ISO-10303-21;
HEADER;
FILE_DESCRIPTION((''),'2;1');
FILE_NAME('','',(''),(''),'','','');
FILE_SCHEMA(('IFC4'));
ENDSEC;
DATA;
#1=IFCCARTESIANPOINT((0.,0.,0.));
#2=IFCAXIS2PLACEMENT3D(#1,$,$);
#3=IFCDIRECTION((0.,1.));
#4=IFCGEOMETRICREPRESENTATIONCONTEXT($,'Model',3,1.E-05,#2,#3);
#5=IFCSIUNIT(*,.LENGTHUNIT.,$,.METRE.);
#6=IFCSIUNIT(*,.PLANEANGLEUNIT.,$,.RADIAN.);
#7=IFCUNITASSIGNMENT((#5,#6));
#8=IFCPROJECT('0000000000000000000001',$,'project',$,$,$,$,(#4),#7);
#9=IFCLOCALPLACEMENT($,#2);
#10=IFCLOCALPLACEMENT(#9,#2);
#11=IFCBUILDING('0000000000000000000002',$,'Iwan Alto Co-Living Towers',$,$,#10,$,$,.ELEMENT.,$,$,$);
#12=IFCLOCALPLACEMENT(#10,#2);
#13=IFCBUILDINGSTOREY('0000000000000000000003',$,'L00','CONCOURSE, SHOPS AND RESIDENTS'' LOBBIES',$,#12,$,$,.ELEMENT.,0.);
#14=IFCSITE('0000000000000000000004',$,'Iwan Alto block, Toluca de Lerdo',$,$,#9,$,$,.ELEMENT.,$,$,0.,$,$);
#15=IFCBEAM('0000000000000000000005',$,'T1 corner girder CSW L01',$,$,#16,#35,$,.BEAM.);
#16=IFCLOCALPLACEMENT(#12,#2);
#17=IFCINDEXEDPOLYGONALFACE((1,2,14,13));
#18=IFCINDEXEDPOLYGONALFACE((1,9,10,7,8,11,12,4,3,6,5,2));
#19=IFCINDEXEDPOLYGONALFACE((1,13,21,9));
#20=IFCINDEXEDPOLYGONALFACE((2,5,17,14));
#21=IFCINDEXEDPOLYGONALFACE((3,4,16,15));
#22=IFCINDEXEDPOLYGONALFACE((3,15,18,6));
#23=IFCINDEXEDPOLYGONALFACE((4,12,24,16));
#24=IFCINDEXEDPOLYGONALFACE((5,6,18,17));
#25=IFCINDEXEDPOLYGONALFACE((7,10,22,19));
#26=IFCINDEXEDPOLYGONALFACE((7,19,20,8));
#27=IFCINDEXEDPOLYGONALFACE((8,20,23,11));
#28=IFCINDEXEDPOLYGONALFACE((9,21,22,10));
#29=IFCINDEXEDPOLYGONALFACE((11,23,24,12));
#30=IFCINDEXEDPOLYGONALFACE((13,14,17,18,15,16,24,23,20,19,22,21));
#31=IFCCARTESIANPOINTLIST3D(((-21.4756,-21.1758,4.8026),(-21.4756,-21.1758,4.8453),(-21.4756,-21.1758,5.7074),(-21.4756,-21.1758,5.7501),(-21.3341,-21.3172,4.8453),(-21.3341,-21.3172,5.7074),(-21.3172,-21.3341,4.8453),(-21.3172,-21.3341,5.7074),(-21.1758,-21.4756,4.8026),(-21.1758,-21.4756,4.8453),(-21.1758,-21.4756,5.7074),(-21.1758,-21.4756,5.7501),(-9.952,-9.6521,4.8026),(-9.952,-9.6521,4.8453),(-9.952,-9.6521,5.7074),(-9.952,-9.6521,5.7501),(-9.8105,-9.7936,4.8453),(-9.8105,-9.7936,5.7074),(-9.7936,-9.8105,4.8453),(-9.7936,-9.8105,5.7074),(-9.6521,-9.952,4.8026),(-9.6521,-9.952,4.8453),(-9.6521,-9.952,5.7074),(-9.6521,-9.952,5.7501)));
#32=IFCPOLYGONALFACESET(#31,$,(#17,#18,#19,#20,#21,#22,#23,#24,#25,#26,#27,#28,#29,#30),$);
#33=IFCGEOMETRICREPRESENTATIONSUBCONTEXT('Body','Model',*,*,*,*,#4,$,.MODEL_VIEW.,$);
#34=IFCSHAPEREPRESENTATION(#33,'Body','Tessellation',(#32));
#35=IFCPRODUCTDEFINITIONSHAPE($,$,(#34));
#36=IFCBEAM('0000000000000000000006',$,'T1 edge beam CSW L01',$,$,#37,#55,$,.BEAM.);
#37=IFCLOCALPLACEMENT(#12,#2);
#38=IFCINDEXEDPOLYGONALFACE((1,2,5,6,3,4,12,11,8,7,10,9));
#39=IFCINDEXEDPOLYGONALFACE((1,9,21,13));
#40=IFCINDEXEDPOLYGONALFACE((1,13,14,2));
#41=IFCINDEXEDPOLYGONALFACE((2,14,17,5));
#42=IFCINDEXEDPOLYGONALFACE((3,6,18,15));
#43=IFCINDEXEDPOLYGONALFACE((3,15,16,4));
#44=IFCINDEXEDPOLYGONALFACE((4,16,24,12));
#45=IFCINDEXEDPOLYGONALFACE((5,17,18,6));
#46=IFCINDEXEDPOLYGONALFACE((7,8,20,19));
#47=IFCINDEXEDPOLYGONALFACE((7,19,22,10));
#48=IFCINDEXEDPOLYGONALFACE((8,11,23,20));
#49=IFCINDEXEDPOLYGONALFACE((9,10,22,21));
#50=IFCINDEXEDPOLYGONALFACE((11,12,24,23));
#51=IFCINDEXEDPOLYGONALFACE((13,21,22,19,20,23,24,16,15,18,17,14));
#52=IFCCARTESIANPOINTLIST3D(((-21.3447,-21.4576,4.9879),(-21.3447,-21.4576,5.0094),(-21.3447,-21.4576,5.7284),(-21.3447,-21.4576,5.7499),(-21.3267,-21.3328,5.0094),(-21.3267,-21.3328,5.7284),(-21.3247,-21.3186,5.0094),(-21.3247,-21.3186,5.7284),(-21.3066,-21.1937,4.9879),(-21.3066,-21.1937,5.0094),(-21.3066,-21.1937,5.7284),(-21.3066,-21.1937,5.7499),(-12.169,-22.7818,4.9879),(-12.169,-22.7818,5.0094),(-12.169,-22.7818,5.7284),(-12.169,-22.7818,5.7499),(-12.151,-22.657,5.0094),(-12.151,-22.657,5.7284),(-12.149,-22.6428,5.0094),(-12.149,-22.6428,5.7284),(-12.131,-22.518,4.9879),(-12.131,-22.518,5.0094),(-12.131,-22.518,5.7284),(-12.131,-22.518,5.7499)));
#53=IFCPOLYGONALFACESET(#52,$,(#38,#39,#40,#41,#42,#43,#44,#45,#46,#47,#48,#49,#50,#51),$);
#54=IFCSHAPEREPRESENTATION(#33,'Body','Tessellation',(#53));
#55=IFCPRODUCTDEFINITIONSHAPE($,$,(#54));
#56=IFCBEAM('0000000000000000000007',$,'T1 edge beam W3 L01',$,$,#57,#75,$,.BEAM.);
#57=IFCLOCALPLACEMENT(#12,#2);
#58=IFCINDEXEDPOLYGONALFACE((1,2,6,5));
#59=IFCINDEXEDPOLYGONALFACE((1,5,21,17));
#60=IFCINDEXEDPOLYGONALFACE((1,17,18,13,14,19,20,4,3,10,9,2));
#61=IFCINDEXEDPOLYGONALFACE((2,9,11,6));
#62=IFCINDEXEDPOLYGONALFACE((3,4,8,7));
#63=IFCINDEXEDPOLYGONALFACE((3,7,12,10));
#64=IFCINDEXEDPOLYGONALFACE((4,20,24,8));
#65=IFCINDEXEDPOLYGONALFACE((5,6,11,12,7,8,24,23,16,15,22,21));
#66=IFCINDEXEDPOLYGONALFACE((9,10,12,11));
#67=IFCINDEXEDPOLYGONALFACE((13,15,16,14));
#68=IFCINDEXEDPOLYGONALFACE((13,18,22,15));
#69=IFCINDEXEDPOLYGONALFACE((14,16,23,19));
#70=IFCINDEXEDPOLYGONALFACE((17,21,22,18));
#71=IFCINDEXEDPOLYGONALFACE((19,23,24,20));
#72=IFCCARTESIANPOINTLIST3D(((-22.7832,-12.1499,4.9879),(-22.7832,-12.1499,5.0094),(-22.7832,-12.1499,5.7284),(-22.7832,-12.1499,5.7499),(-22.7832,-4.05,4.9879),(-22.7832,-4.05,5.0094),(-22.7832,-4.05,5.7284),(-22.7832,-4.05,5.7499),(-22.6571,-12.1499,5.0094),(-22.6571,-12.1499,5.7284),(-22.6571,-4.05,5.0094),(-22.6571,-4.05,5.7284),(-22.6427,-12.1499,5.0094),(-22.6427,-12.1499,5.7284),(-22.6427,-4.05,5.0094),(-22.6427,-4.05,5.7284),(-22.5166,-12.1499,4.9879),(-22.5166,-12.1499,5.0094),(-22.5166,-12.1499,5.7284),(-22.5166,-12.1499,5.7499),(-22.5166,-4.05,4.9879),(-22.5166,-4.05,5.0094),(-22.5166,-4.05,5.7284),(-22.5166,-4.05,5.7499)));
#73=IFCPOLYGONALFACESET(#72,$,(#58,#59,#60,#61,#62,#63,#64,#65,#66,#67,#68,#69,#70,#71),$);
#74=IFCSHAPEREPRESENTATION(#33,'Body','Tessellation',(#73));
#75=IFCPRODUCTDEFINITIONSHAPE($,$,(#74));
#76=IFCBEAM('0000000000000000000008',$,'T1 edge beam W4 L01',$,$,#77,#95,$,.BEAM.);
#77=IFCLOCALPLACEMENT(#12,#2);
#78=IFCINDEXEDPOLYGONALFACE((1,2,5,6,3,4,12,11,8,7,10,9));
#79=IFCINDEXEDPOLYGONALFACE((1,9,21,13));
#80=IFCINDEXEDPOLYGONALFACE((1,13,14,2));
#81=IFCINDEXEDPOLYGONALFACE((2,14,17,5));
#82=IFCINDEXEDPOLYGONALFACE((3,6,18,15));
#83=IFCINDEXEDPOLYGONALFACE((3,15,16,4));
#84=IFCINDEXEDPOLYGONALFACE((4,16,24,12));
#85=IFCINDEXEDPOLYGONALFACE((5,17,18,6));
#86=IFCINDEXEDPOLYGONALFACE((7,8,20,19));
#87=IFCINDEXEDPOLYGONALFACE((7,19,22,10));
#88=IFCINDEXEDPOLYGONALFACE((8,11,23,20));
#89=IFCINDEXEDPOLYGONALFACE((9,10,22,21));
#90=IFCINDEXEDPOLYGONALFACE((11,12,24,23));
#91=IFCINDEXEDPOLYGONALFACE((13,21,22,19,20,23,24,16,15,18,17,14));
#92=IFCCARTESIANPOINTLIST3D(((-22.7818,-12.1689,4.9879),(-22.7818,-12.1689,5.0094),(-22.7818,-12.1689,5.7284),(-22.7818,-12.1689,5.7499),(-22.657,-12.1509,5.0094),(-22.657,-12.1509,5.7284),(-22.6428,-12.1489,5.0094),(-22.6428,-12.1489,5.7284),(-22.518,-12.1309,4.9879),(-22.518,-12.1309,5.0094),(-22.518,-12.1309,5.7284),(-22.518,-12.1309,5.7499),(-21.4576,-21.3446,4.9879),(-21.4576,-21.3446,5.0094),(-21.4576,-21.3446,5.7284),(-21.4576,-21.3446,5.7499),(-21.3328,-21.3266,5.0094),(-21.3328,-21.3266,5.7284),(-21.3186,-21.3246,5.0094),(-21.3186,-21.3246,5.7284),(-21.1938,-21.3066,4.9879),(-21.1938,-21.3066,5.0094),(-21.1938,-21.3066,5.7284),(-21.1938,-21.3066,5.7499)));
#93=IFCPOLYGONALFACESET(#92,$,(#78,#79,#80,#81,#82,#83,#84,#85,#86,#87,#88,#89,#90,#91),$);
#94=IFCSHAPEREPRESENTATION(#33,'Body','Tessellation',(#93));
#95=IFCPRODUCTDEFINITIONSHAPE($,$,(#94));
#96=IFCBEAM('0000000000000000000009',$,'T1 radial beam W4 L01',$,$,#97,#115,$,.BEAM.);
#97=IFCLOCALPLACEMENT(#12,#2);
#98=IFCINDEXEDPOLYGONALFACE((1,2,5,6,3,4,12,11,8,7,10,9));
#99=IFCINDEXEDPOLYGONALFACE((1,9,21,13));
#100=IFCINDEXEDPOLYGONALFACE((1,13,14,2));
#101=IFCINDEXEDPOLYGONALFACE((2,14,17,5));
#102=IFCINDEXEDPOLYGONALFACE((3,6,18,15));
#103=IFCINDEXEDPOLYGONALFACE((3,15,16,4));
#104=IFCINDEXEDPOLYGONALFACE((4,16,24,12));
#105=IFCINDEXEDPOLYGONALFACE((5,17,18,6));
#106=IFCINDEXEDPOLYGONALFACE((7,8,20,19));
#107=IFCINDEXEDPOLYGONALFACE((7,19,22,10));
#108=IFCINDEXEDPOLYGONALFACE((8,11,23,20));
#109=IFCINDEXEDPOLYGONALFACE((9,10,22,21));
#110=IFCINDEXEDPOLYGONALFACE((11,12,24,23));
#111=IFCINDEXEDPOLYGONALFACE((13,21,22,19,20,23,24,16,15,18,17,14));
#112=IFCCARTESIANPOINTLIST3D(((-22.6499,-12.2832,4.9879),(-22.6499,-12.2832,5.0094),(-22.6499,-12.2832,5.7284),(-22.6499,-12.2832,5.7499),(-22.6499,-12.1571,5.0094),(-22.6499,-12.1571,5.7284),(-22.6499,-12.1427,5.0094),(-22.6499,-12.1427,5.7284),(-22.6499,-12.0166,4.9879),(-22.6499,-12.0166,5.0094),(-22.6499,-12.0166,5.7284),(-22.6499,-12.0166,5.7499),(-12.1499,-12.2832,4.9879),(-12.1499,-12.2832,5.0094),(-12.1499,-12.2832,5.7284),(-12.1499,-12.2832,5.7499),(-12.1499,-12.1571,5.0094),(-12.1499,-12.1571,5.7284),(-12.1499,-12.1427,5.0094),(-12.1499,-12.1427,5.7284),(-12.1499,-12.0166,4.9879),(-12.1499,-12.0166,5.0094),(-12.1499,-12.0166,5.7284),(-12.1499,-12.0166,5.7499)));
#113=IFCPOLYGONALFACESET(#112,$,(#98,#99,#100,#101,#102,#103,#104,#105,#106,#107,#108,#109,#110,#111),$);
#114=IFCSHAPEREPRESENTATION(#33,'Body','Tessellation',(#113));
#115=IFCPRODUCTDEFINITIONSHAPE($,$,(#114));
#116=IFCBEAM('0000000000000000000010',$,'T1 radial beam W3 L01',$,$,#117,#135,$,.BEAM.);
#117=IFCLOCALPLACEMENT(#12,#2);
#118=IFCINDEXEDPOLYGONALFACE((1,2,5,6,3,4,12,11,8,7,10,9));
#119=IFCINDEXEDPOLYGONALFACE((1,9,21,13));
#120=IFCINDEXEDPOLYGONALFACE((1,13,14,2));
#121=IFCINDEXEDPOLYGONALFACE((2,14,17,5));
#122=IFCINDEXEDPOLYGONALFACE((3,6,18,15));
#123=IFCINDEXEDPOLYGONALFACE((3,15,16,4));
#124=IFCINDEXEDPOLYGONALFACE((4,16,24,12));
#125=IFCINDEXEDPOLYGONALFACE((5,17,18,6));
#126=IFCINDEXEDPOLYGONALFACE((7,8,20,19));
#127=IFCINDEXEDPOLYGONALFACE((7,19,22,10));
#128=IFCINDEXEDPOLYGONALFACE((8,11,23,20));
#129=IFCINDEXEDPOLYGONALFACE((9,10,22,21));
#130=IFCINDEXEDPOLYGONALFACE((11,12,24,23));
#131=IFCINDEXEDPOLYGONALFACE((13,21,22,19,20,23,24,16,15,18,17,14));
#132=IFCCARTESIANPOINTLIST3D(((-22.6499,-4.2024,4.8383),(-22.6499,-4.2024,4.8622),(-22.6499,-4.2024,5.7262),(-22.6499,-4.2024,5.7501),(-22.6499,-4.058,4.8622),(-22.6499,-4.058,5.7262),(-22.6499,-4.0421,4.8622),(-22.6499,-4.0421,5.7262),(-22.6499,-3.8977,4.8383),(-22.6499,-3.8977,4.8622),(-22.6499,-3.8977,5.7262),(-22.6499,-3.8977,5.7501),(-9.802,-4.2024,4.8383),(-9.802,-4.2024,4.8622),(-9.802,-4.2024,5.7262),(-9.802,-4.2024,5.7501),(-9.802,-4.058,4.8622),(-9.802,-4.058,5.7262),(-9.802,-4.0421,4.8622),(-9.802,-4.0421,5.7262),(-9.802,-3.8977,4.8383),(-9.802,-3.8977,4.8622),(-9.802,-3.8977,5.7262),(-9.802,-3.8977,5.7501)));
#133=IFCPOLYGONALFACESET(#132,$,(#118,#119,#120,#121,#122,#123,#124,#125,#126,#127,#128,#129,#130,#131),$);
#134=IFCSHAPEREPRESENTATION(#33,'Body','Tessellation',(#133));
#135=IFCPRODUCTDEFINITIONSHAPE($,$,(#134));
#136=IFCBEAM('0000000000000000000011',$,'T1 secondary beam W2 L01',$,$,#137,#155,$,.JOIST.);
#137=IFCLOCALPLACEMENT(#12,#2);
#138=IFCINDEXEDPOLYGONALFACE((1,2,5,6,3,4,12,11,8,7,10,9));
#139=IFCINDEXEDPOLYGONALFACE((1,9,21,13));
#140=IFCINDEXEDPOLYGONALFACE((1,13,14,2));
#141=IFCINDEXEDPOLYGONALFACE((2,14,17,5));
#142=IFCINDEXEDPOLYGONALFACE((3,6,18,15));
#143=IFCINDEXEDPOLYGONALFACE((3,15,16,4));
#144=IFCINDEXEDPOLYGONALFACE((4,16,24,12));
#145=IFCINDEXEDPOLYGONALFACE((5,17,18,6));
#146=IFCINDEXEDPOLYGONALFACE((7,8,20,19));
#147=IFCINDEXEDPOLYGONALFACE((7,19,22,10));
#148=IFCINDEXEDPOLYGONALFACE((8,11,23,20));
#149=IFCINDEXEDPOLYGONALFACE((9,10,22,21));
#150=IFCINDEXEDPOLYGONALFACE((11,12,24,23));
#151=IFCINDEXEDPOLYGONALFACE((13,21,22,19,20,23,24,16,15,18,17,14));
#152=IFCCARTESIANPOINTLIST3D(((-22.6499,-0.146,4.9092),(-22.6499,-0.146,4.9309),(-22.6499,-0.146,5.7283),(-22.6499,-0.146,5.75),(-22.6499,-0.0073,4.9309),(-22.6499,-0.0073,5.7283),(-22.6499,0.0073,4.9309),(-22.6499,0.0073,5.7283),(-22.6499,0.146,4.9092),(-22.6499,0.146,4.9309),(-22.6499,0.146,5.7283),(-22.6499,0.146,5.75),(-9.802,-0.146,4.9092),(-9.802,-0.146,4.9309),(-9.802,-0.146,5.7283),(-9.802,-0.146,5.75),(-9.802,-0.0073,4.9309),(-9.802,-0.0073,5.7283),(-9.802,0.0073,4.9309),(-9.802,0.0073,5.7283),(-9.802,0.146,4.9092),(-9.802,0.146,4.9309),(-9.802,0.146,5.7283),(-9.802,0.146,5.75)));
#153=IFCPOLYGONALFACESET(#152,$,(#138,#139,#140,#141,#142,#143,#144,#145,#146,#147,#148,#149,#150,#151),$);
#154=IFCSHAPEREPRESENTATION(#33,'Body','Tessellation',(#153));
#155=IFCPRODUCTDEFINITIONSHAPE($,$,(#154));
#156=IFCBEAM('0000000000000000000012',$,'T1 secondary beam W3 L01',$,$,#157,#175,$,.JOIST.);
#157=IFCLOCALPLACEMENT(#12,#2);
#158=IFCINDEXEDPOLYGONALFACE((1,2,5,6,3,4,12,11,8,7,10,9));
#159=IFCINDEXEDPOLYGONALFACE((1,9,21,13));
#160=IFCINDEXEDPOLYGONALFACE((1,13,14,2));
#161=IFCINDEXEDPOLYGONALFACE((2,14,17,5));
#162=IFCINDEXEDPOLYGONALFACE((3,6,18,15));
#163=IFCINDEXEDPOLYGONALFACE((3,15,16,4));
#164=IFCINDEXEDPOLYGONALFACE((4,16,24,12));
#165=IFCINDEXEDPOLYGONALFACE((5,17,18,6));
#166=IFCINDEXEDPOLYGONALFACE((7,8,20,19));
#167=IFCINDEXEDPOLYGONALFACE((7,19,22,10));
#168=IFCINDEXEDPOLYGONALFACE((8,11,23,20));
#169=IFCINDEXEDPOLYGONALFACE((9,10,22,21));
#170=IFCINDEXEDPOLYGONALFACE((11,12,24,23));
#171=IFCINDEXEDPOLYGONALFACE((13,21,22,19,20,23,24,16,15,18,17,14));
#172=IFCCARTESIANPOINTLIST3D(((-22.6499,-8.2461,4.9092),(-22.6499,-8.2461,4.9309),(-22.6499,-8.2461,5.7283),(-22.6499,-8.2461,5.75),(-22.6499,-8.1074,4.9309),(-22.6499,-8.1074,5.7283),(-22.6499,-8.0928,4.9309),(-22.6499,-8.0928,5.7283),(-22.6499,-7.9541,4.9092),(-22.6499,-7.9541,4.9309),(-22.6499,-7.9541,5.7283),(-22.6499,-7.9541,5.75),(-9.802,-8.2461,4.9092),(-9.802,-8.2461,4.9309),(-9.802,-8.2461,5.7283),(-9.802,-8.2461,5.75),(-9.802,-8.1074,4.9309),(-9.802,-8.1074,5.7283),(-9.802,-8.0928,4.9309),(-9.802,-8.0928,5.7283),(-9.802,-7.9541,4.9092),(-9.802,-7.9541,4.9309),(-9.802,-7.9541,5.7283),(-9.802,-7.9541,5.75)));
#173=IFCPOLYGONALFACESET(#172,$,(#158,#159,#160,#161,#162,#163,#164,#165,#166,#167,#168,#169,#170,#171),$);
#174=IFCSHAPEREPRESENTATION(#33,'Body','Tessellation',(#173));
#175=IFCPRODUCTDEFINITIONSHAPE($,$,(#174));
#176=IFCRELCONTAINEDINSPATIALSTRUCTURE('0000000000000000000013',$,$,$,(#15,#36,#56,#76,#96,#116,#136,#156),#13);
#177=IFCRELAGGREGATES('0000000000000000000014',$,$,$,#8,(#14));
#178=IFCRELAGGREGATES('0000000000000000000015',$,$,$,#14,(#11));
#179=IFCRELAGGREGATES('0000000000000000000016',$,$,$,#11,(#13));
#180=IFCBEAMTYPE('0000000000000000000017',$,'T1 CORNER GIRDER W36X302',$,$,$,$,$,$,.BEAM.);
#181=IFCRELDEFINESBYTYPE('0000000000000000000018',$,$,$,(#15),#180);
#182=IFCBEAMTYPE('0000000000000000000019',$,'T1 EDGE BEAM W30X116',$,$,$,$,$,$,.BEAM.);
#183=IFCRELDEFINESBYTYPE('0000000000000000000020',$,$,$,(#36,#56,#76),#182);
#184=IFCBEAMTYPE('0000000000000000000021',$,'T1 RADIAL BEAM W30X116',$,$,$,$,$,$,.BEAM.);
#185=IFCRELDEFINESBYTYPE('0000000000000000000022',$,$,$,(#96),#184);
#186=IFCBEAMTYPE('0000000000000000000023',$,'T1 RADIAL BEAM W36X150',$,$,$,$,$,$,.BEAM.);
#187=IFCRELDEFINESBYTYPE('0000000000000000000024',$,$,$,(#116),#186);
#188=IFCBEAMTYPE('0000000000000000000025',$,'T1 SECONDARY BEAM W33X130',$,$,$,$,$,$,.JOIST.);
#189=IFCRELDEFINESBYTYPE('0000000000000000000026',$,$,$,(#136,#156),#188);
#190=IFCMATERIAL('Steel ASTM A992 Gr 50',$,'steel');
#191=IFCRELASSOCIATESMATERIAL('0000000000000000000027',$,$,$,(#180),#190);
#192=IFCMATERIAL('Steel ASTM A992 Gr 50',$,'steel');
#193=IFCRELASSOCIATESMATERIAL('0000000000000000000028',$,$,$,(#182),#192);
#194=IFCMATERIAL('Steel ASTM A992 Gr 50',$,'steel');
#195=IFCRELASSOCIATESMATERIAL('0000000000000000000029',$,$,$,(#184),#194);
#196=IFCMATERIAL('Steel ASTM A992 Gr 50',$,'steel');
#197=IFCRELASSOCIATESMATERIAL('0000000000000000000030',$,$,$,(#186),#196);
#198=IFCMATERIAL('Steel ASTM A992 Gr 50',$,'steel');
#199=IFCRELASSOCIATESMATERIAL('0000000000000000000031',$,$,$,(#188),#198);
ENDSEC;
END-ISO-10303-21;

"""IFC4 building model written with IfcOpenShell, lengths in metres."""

from ifc_helpers import new_model, si_unit, direction, frame, origin, origin_2d, place, context, subcontext, project, spatial, i_section, extrude, material, material_profile, profile_set, type_object, element, save


model = new_model("IFC4")

# Units and contexts
model_context = context("Model", 3, precision=1e-05, world=origin(), true_north=direction((0.0, 1.0)))
body_context = subcontext(model_context, "Body", "Model", "MODEL_VIEW")
ifc_project = project(units=[si_unit("LENGTHUNIT", "METRE"), si_unit("PLANEANGLEUNIT", "RADIAN")], contexts=[model_context])

# Site, building, storey
site_placement = place(None, origin())
site = spatial("IfcSite", under=ifc_project, at=site_placement, Name="Iwan Alto block, Toluca de Lerdo", CompositionType="ELEMENT", RefElevation=0.0)
building_placement = place(site_placement, origin())
building = spatial("IfcBuilding", under=site, at=building_placement, Name="Iwan Alto Co-Living Towers", CompositionType="ELEMENT")
storey_placement = place(building_placement, origin())
storey = spatial("IfcBuildingStorey", under=building, at=storey_placement, Name="L00", Description="CONCOURSE, SHOPS AND RESIDENTS' LOBBIES", CompositionType="ELEMENT", Elevation=0.0)

# Beams
ifc_material_1 = material(Name="Steel ASTM A992 Gr 50", Category="steel")
ifc_material_profile_1 = material_profile(ifc_material_1, i_section(OverallWidth=0.4241, OverallDepth=0.9475, WebThickness=0.0239, FlangeThickness=0.0427, at=origin_2d()), Name="W36X302")
ifc_profile_set_1 = profile_set([ifc_material_profile_1], Name="Steel ASTM A992 Gr 50")
beam_type_1 = type_object("IfcBeamType", Name="T1 CORNER GIRDER W36X302", PredefinedType="BEAM", material=ifc_profile_set_1)
beam_1_placement = place(storey_placement, frame((-21.3257, -21.3257, 5.2764), z_axis=(0.707107, 0.707107, 0.0), x_axis=(-0.707107, 0.707107, 0.0)))
element("IfcBeam", 1, at=beam_1_placement, inside=storey, type_object=beam_type_1, Name="T1 corner girder CSW L01", PredefinedType="BEAM", context=body_context, shape_type="SweptSolid", body=[
    extrude(i_section(OverallWidth=0.4241, OverallDepth=0.9475, WebThickness=0.0239, FlangeThickness=0.0427, at=origin_2d()), origin(), (0.0, 0.0, 1.0), 16.2969),
])
ifc_material_2 = material(Name="Steel ASTM A992 Gr 50", Category="steel")
ifc_material_profile_2 = material_profile(ifc_material_2, i_section(OverallWidth=0.2666, OverallDepth=0.762, WebThickness=0.0144, FlangeThickness=0.0215, at=origin_2d()), Name="W30X116")
ifc_profile_set_2 = profile_set([ifc_material_profile_2], Name="Steel ASTM A992 Gr 50")
beam_type_2 = type_object("IfcBeamType", Name="T1 EDGE BEAM W30X116", PredefinedType="BEAM", material=ifc_profile_set_2)
beam_2_placement = place(storey_placement, frame((-21.3257, -21.3257, 5.3689), z_axis=(0.989746, -0.142837, 0.0), x_axis=(0.142837, 0.989746, 0.0)))
element("IfcBeam", 2, at=beam_2_placement, inside=storey, type_object=beam_type_2, Name="T1 edge beam CSW L01", PredefinedType="BEAM", context=body_context, shape_type="SweptSolid", body=[
    extrude(i_section(OverallWidth=0.2666, OverallDepth=0.762, WebThickness=0.0144, FlangeThickness=0.0215, at=origin_2d()), origin(), (0.0, 0.0, 1.0), 9.2708),
])
beam_3_placement = place(storey_placement, frame((-22.6499, -4.05, 5.3689), z_axis=(0.0, -1.0, 0.0), x_axis=(1.0, 0.0, 0.0)))
element("IfcBeam", 3, at=beam_3_placement, inside=storey, type_object=beam_type_2, Name="T1 edge beam W3 L01", PredefinedType="BEAM", context=body_context, shape_type="SweptSolid", body=[
    extrude(i_section(OverallWidth=0.2666, OverallDepth=0.762, WebThickness=0.0144, FlangeThickness=0.0215, at=origin_2d()), origin(), (0.0, 0.0, 1.0), 8.0999),
])
beam_4_placement = place(storey_placement, frame((-22.6499, -12.1499, 5.3689), z_axis=(0.142837, -0.989746, 0.0), x_axis=(0.989746, 0.142837, 0.0)))
element("IfcBeam", 4, at=beam_4_placement, inside=storey, type_object=beam_type_2, Name="T1 edge beam W4 L01", PredefinedType="BEAM", context=body_context, shape_type="SweptSolid", body=[
    extrude(i_section(OverallWidth=0.2666, OverallDepth=0.762, WebThickness=0.0144, FlangeThickness=0.0215, at=origin_2d()), origin(), (0.0, 0.0, 1.0), 9.2708),
])
ifc_material_3 = material(Name="Steel ASTM A992 Gr 50", Category="steel")
ifc_material_profile_3 = material_profile(ifc_material_3, i_section(OverallWidth=0.2666, OverallDepth=0.762, WebThickness=0.0144, FlangeThickness=0.0215, at=origin_2d()), Name="W30X116")
ifc_profile_set_3 = profile_set([ifc_material_profile_3], Name="Steel ASTM A992 Gr 50")
beam_type_3 = type_object("IfcBeamType", Name="T1 RADIAL BEAM W30X116", PredefinedType="BEAM", material=ifc_profile_set_3)
beam_5_placement = place(storey_placement, frame((-22.6499, -12.1499, 5.3689), z_axis=(1.0, 0.0, 0.0), x_axis=(0.0, 1.0, 0.0)))
element("IfcBeam", 5, at=beam_5_placement, inside=storey, type_object=beam_type_3, Name="T1 radial beam W4 L01", PredefinedType="BEAM", context=body_context, shape_type="SweptSolid", body=[
    extrude(i_section(OverallWidth=0.2666, OverallDepth=0.762, WebThickness=0.0144, FlangeThickness=0.0215, at=origin_2d()), origin(), (0.0, 0.0, 1.0), 10.5),
])
ifc_material_4 = material(Name="Steel ASTM A992 Gr 50", Category="steel")
ifc_material_profile_4 = material_profile(ifc_material_4, i_section(OverallWidth=0.3047, OverallDepth=0.9119, WebThickness=0.0159, FlangeThickness=0.0239, at=origin_2d()), Name="W36X150")
ifc_profile_set_4 = profile_set([ifc_material_profile_4], Name="Steel ASTM A992 Gr 50")
beam_type_4 = type_object("IfcBeamType", Name="T1 RADIAL BEAM W36X150", PredefinedType="BEAM", material=ifc_profile_set_4)
beam_6_placement = place(storey_placement, frame((-22.6499, -4.05, 5.2942), z_axis=(1.0, 0.0, 0.0), x_axis=(0.0, 1.0, 0.0)))
element("IfcBeam", 6, at=beam_6_placement, inside=storey, type_object=beam_type_4, Name="T1 radial beam W3 L01", PredefinedType="BEAM", context=body_context, shape_type="SweptSolid", body=[
    extrude(i_section(OverallWidth=0.3047, OverallDepth=0.9119, WebThickness=0.0159, FlangeThickness=0.0239, at=origin_2d()), origin(), (0.0, 0.0, 1.0), 12.8479),
])
ifc_material_5 = material(Name="Steel ASTM A992 Gr 50", Category="steel")
ifc_material_profile_5 = material_profile(ifc_material_5, i_section(OverallWidth=0.292, OverallDepth=0.8408, WebThickness=0.0146, FlangeThickness=0.0217, at=origin_2d()), Name="W33X130")
ifc_profile_set_5 = profile_set([ifc_material_profile_5], Name="Steel ASTM A992 Gr 50")
beam_type_5 = type_object("IfcBeamType", Name="T1 SECONDARY BEAM W33X130", PredefinedType="JOIST", material=ifc_profile_set_5)
for number, where, z_axis, x_axis, name in (
    (7, (-22.6499, 0.0, 5.3296), (1.0, 0.0, 0.0), (0.0, 1.0, 0.0), "T1 secondary beam W2 L01"),
    (8, (-22.6499, -8.1001, 5.3296), (1.0, 0.0, 0.0), (0.0, 1.0, 0.0), "T1 secondary beam W3 L01"),
):
    element("IfcBeam", number, at=place(storey_placement, frame(where, z_axis=z_axis, x_axis=x_axis)), inside=storey, type_object=beam_type_5, Name=name, PredefinedType="JOIST", context=body_context, shape_type="SweptSolid", body=[
        extrude(i_section(OverallWidth=0.292, OverallDepth=0.8408, WebThickness=0.0146, FlangeThickness=0.0217, at=origin_2d()), origin(), (0.0, 0.0, 1.0), 12.8479),
    ])

save(model, "model.ifc")
